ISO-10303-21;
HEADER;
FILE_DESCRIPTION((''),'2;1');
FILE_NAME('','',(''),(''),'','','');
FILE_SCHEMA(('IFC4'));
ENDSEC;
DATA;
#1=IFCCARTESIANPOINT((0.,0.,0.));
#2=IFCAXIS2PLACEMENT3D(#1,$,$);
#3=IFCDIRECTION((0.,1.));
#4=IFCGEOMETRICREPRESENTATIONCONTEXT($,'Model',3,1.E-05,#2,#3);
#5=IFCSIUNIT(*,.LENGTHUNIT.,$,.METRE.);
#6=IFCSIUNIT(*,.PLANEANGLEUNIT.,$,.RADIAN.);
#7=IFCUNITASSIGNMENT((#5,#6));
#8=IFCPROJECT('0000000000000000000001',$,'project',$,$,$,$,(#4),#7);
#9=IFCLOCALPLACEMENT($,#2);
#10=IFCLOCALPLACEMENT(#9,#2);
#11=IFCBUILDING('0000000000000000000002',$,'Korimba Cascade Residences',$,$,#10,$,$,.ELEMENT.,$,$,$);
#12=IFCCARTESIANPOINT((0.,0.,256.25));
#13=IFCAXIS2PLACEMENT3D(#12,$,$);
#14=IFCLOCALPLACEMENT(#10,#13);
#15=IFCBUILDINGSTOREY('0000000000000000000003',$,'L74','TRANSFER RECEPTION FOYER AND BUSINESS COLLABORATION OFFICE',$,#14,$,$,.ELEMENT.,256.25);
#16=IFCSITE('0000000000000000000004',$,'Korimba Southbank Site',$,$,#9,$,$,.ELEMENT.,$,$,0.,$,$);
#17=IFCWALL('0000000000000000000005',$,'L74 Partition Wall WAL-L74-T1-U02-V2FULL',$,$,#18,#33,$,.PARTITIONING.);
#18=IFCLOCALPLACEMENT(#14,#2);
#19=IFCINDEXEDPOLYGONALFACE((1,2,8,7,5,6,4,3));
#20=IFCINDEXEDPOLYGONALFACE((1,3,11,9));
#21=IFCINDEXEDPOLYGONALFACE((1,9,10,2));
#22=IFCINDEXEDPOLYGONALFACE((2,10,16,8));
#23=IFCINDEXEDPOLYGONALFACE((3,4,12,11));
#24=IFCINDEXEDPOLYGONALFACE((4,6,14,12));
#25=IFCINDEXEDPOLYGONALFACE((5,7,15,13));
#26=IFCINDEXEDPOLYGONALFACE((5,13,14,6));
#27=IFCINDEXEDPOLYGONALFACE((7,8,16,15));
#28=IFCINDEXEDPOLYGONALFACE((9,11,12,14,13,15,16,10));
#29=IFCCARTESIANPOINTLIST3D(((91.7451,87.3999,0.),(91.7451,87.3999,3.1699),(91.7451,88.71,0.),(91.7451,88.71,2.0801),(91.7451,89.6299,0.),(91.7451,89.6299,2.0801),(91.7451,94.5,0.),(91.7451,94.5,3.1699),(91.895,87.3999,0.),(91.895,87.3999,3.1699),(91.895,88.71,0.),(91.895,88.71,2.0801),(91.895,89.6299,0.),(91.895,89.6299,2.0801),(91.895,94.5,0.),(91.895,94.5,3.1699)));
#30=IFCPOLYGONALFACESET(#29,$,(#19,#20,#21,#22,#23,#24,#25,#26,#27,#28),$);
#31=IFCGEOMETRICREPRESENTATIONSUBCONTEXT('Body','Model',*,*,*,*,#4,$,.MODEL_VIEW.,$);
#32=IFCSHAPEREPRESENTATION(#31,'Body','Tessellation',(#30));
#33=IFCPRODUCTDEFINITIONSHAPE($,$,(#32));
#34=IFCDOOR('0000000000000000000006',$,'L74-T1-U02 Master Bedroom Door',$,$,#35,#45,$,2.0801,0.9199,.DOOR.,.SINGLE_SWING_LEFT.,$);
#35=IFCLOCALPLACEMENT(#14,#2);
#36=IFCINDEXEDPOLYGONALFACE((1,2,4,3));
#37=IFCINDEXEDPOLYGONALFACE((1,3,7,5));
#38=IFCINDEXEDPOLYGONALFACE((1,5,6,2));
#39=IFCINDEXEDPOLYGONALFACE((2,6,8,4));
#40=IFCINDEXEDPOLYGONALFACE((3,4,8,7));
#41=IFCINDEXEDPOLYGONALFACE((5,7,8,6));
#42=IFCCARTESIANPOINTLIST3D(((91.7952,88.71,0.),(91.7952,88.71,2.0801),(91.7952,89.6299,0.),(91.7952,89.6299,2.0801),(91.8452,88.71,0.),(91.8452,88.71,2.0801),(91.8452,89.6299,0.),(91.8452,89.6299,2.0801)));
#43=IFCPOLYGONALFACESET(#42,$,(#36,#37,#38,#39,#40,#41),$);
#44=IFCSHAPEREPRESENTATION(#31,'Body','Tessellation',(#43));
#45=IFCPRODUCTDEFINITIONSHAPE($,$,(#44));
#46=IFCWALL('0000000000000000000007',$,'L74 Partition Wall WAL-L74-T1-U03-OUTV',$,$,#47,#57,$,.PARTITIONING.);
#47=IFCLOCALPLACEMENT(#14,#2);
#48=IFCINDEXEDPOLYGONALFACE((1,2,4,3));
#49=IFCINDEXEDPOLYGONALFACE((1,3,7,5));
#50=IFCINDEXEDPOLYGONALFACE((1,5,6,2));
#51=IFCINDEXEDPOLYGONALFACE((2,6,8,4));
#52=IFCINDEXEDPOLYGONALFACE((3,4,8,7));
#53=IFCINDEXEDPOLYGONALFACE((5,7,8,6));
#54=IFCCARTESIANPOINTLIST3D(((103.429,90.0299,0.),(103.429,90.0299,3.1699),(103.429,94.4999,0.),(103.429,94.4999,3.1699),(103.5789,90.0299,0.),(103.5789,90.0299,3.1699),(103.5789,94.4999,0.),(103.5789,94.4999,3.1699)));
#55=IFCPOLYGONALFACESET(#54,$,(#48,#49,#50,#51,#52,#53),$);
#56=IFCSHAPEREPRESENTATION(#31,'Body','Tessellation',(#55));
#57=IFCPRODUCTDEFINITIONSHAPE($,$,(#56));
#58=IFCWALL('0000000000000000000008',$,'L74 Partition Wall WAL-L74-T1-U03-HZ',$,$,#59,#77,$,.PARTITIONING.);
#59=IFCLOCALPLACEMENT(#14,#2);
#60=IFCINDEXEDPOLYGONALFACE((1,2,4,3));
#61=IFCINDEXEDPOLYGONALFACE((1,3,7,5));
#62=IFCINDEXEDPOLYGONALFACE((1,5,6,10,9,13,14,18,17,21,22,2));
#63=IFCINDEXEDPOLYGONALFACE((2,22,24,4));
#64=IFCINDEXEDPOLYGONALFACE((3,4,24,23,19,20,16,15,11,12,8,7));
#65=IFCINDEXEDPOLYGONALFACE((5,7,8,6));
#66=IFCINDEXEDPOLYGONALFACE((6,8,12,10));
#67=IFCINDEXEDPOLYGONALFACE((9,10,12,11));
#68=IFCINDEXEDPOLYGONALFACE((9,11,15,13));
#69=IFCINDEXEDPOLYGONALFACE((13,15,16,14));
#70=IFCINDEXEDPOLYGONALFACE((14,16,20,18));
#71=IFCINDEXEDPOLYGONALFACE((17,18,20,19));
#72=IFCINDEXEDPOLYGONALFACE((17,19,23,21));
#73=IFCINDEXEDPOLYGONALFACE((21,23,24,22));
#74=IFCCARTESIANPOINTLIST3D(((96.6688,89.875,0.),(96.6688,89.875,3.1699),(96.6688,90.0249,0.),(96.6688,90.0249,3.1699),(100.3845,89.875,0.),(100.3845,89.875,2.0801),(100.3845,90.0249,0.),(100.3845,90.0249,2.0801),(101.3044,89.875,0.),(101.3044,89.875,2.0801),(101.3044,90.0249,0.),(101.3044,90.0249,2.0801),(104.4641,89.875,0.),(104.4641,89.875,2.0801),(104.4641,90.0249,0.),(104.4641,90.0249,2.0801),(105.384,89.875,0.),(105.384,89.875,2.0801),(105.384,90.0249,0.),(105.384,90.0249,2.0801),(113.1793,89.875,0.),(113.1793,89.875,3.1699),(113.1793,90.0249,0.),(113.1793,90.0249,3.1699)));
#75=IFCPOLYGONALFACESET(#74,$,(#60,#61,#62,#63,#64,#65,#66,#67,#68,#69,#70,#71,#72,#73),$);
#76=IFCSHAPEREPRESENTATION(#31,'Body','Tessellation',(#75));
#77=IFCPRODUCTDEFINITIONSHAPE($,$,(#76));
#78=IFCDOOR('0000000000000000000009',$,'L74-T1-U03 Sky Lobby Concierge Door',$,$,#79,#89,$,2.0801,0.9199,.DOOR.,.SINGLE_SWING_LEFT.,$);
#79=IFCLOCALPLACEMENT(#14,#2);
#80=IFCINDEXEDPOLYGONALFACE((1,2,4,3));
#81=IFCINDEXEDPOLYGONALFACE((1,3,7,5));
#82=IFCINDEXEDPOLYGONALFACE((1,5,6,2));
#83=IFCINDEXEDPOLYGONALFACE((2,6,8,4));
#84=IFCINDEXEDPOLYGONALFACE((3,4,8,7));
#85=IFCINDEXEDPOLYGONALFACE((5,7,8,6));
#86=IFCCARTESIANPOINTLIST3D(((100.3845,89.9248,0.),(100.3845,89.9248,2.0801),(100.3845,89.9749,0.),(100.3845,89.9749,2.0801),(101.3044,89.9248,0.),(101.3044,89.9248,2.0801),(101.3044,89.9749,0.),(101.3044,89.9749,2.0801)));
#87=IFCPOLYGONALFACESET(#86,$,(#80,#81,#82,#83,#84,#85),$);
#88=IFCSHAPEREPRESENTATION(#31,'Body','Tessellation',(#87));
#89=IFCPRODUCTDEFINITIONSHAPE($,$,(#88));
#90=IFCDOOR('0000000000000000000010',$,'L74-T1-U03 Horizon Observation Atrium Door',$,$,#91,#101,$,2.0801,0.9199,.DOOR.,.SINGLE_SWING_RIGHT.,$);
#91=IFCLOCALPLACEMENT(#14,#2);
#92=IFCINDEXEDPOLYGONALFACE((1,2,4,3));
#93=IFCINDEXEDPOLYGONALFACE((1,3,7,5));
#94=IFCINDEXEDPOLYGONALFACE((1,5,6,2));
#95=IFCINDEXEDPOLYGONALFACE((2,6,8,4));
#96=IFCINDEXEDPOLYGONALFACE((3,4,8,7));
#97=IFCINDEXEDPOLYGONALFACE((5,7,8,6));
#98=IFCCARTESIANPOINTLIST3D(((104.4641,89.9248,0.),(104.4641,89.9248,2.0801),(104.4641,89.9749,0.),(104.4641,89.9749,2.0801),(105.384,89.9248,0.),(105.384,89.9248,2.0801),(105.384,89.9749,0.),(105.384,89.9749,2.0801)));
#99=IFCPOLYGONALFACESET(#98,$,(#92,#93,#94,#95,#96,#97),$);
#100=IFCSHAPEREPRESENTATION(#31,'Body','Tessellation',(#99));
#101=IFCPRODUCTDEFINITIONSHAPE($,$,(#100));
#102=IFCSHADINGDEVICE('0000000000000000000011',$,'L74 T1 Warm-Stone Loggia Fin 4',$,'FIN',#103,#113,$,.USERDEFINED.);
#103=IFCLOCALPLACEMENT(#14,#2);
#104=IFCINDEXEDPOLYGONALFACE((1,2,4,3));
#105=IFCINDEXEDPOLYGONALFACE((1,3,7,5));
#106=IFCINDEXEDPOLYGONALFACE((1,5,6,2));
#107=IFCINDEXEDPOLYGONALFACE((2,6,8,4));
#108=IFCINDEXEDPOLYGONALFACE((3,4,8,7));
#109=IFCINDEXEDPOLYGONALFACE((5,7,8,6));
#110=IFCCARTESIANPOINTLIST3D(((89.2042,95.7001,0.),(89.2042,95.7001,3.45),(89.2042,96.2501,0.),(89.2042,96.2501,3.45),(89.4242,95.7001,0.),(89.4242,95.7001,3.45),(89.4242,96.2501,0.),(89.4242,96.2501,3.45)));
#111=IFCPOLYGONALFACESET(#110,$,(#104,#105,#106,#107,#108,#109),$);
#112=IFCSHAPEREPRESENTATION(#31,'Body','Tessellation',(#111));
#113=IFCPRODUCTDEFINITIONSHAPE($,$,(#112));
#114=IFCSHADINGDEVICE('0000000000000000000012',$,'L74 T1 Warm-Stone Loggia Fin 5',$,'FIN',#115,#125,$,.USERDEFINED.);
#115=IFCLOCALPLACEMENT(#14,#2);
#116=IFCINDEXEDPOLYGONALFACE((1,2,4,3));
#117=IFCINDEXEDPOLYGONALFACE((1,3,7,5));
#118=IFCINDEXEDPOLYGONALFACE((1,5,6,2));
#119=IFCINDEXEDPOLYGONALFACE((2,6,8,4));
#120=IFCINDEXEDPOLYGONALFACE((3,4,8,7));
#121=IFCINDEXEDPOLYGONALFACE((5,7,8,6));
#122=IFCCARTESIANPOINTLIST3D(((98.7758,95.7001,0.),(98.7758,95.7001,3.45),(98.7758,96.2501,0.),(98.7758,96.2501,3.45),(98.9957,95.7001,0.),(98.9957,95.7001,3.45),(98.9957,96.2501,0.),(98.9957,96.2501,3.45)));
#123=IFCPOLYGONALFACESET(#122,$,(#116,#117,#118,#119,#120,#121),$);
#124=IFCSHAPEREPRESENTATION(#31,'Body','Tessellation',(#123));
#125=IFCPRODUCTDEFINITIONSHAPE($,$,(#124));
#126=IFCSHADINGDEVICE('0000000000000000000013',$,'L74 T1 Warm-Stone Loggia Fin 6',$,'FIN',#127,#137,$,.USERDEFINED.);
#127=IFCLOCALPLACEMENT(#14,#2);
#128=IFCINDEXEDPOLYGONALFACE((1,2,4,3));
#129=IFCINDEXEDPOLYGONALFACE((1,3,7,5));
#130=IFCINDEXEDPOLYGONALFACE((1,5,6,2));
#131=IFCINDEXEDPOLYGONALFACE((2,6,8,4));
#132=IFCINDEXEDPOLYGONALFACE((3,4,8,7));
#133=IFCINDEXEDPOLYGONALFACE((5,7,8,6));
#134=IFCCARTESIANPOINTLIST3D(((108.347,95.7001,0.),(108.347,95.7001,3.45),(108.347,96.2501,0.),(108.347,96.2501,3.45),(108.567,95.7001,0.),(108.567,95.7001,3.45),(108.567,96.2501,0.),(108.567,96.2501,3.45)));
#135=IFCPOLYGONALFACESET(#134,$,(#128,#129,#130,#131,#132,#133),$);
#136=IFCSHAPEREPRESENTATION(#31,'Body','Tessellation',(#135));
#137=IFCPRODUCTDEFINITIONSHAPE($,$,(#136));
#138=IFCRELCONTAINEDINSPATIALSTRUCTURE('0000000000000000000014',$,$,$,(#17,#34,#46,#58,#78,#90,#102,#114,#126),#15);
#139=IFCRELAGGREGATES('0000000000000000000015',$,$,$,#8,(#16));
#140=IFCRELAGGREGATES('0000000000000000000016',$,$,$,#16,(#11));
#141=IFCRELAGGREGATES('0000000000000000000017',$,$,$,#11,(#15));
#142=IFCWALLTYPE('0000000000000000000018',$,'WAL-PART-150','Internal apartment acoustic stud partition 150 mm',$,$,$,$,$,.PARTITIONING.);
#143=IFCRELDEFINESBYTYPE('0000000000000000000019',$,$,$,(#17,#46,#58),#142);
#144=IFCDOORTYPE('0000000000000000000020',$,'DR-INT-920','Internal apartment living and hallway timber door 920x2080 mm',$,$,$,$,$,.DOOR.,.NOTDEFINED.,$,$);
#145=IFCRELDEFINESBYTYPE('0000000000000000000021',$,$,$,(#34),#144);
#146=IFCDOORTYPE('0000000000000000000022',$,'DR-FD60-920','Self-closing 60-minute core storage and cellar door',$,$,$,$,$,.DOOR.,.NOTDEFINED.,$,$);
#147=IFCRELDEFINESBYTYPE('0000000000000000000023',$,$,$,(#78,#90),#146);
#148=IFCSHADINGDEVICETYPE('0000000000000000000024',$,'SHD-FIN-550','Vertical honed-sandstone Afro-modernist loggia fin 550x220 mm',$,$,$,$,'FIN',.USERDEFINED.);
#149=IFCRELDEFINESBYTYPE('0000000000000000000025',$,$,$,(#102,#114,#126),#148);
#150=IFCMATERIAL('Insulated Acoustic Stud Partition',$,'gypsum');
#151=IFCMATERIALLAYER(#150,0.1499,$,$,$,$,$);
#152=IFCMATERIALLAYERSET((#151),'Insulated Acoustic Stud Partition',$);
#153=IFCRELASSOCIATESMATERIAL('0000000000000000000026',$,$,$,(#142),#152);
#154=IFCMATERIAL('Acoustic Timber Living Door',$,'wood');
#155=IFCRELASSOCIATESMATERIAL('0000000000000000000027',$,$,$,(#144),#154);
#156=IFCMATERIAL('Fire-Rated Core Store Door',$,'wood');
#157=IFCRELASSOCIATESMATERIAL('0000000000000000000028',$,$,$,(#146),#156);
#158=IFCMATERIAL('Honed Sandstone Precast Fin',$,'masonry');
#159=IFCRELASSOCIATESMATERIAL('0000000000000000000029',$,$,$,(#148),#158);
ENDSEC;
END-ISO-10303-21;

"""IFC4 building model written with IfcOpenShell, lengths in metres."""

from ifc_helpers import new_model, si_unit, direction, frame, frame_2d, origin, origin_2d, place, context, subcontext, project, spatial, rectangle, extrude, material, layer, layer_set, type_object, element, fill, save


model = new_model("IFC4")

# Units and contexts
model_context = context("Model", 3, precision=1e-05, world=origin(), true_north=direction((0.0, 1.0)))
body_context = subcontext(model_context, "Body", "Model", "MODEL_VIEW")
ifc_project = project(units=[si_unit("LENGTHUNIT", "METRE"), si_unit("PLANEANGLEUNIT", "RADIAN")], contexts=[model_context])

# Site, building, storey
site_placement = place(None, origin())
site = spatial("IfcSite", under=ifc_project, at=site_placement, Name="Korimba Southbank Site", CompositionType="ELEMENT", RefElevation=0.0)
building_placement = place(site_placement, origin())
building = spatial("IfcBuilding", under=site, at=building_placement, Name="Korimba Cascade Residences", CompositionType="ELEMENT")
storey_placement = place(building_placement, frame((0.0, 0.0, 256.25)))
storey = spatial("IfcBuildingStorey", under=building, at=storey_placement, Name="L74", Description="TRANSFER RECEPTION FOYER AND BUSINESS COLLABORATION OFFICE", CompositionType="ELEMENT", Elevation=256.25)

# Shared definitions
ifc_material_1 = material(Name="Insulated Acoustic Stud Partition", Category="gypsum")
ifc_layer = layer(ifc_material_1, 0.1499)
ifc_layer_set = layer_set([ifc_layer], Name="Insulated Acoustic Stud Partition")
wall_type = type_object("IfcWallType", Name="WAL-PART-150", Description="Internal apartment acoustic stud partition 150 mm", PredefinedType="PARTITIONING", material=ifc_layer_set)

# Wall, opening, door
wall_1_placement = place(storey_placement, frame((91.8201, 87.3999, 0.0), z_axis=(0.0, 0.0, 1.0), x_axis=(0.0, 1.0, 0.0)))
wall_1 = element("IfcWall", 1, at=wall_1_placement, inside=storey, type_object=wall_type, Name="L74 Partition Wall WAL-L74-T1-U02-V2FULL", PredefinedType="PARTITIONING", context=body_context, shape_type="SweptSolid", body=[
    extrude(rectangle(XDim=7.1001, YDim=0.1499, at=frame_2d((3.55, 0.0))), origin(), (0.0, 0.0, 1.0), 3.1699),
])
opening_1_placement = place(wall_1_placement, frame((1.3101, 0.0, 0.0)))
opening_1 = element("IfcOpeningElement", 2, at=opening_1_placement, cuts=wall_1, PredefinedType="OPENING", context=body_context, shape_type="SweptSolid", body=[
    extrude(rectangle(XDim=0.9199, YDim=2.0801, at=frame_2d((0.46, 1.04))), frame((0.0, 0.085, 0.0), z_axis=(0.0, -1.0, 0.0), x_axis=(1.0, 0.0, 0.0)), (0.0, 0.0, 1.0), 0.1699),
])
ifc_material_2 = material(Name="Acoustic Timber Living Door", Category="wood")
door_type_1 = type_object("IfcDoorType", Name="DR-INT-920", Description="Internal apartment living and hallway timber door 920x2080 mm", OperationType="NOTDEFINED", PredefinedType="DOOR", material=ifc_material_2)
door_1_placement = place(opening_1_placement, origin())
door_1 = element("IfcDoor", 3, at=door_1_placement, inside=storey, type_object=door_type_1, Name="L74-T1-U02 Master Bedroom Door", OperationType="SINGLE_SWING_LEFT", OverallHeight=2.0801, OverallWidth=0.9199, PredefinedType="DOOR", context=body_context, shape_type="SweptSolid", body=[
    extrude(rectangle(XDim=0.9199, YDim=2.0801, at=frame_2d((0.46, 1.04))), frame((0.0, 0.0249, 0.0), z_axis=(0.0, -1.0, 0.0), x_axis=(1.0, 0.0, 0.0)), (0.0, 0.0, 1.0), 0.05),
])
fill(opening_1, door_1)

# Wall
wall_2_placement = place(storey_placement, frame((103.5039, 90.03, 0.0), z_axis=(0.0, 0.0, 1.0), x_axis=(0.0, 1.0, 0.0)))
element("IfcWall", 4, at=wall_2_placement, inside=storey, type_object=wall_type, Name="L74 Partition Wall WAL-L74-T1-U03-OUTV", PredefinedType="PARTITIONING", context=body_context, shape_type="SweptSolid", body=[
    extrude(rectangle(XDim=4.47, YDim=0.1499, at=frame_2d((2.2349, 0.0))), origin(), (0.0, 0.0, 1.0), 3.1699),
])

# Wall, openings, doors
wall_3_placement = place(storey_placement, frame((96.6687, 89.95, 0.0), z_axis=(0.0, 0.0, 1.0), x_axis=(1.0, 0.0, 0.0)))
wall_3 = element("IfcWall", 5, at=wall_3_placement, inside=storey, type_object=wall_type, Name="L74 Partition Wall WAL-L74-T1-U03-HZ", PredefinedType="PARTITIONING", context=body_context, shape_type="SweptSolid", body=[
    extrude(rectangle(XDim=16.5105, YDim=0.1499, at=frame_2d((8.2554, 0.0))), origin(), (0.0, 0.0, 1.0), 3.1699),
])
opening_2_placement = place(wall_3_placement, frame((3.7158, 0.0, 0.0)))
opening_2 = element("IfcOpeningElement", 6, at=opening_2_placement, cuts=wall_3, PredefinedType="OPENING", context=body_context, shape_type="SweptSolid", body=[
    extrude(rectangle(XDim=0.9199, YDim=2.0801, at=frame_2d((0.46, 1.04))), frame((0.0, 0.085, 0.0), z_axis=(0.0, -1.0, 0.0), x_axis=(1.0, 0.0, 0.0)), (0.0, 0.0, 1.0), 0.1699),
])
opening_3_placement = place(wall_3_placement, frame((7.7954, 0.0, 0.0)))
opening_3 = element("IfcOpeningElement", 7, at=opening_3_placement, cuts=wall_3, PredefinedType="OPENING", context=body_context, shape_type="SweptSolid", body=[
    extrude(rectangle(XDim=0.9199, YDim=2.0801, at=frame_2d((0.46, 1.04))), frame((0.0, 0.085, 0.0), z_axis=(0.0, -1.0, 0.0), x_axis=(1.0, 0.0, 0.0)), (0.0, 0.0, 1.0), 0.1699),
])
ifc_material_3 = material(Name="Fire-Rated Core Store Door", Category="wood")
door_type_2 = type_object("IfcDoorType", Name="DR-FD60-920", Description="Self-closing 60-minute core storage and cellar door", OperationType="NOTDEFINED", PredefinedType="DOOR", material=ifc_material_3)
door_2_placement = place(opening_2_placement, origin())
door_2 = element("IfcDoor", 8, at=door_2_placement, inside=storey, type_object=door_type_2, Name="L74-T1-U03 Sky Lobby Concierge Door", OperationType="SINGLE_SWING_LEFT", OverallHeight=2.0801, OverallWidth=0.9199, PredefinedType="DOOR", context=body_context, shape_type="SweptSolid", body=[
    extrude(rectangle(XDim=0.9199, YDim=2.0801, at=frame_2d((0.46, 1.04))), frame((0.0, 0.0249, 0.0), z_axis=(0.0, -1.0, 0.0), x_axis=(1.0, 0.0, 0.0)), (0.0, 0.0, 1.0), 0.05),
])
fill(opening_2, door_2)
door_3_placement = place(opening_3_placement, origin())
door_3 = element("IfcDoor", 9, at=door_3_placement, inside=storey, type_object=door_type_2, Name="L74-T1-U03 Horizon Observation Atrium Door", OperationType="SINGLE_SWING_RIGHT", OverallHeight=2.0801, OverallWidth=0.9199, PredefinedType="DOOR", context=body_context, shape_type="SweptSolid", body=[
    extrude(rectangle(XDim=0.9199, YDim=2.0801, at=frame_2d((0.46, 1.04))), frame((0.0, 0.0249, 0.0), z_axis=(0.0, -1.0, 0.0), x_axis=(1.0, 0.0, 0.0)), (0.0, 0.0, 1.0), 0.05),
])
fill(opening_3, door_3)

# Shading devices
ifc_material_4 = material(Name="Honed Sandstone Precast Fin", Category="masonry")
shading_device_type = type_object("IfcShadingDeviceType", Name="SHD-FIN-550", Description="Vertical honed-sandstone Afro-modernist loggia fin 550x220 mm", ElementType="FIN", PredefinedType="USERDEFINED", material=ifc_material_4)
for number, where, z_axis, x_axis, name in (
    (10, (89.3142, 95.9751, 0.0), (0.0, 0.0, 1.0), (1.0, 0.0, 0.0), "L74 T1 Warm-Stone Loggia Fin 4"),
    (11, (98.8857, 95.9751, 0.0), (0.0, 0.0, 1.0), (1.0, 0.0, 0.0), "L74 T1 Warm-Stone Loggia Fin 5"),
    (12, (108.457, 95.9751, 0.0), (0.0, 0.0, 1.0), (1.0, 0.0, 0.0), "L74 T1 Warm-Stone Loggia Fin 6"),
):
    element("IfcShadingDevice", number, at=place(storey_placement, frame(where, z_axis=z_axis, x_axis=x_axis)), inside=storey, type_object=shading_device_type, Name=name, ObjectType="FIN", PredefinedType="USERDEFINED", context=body_context, shape_type="SweptSolid", body=[
        extrude(rectangle(XDim=0.22, YDim=0.55, at=origin_2d()), origin(), (0.0, 0.0, 1.0), 3.45),
    ])

save(model, "model.ifc")
